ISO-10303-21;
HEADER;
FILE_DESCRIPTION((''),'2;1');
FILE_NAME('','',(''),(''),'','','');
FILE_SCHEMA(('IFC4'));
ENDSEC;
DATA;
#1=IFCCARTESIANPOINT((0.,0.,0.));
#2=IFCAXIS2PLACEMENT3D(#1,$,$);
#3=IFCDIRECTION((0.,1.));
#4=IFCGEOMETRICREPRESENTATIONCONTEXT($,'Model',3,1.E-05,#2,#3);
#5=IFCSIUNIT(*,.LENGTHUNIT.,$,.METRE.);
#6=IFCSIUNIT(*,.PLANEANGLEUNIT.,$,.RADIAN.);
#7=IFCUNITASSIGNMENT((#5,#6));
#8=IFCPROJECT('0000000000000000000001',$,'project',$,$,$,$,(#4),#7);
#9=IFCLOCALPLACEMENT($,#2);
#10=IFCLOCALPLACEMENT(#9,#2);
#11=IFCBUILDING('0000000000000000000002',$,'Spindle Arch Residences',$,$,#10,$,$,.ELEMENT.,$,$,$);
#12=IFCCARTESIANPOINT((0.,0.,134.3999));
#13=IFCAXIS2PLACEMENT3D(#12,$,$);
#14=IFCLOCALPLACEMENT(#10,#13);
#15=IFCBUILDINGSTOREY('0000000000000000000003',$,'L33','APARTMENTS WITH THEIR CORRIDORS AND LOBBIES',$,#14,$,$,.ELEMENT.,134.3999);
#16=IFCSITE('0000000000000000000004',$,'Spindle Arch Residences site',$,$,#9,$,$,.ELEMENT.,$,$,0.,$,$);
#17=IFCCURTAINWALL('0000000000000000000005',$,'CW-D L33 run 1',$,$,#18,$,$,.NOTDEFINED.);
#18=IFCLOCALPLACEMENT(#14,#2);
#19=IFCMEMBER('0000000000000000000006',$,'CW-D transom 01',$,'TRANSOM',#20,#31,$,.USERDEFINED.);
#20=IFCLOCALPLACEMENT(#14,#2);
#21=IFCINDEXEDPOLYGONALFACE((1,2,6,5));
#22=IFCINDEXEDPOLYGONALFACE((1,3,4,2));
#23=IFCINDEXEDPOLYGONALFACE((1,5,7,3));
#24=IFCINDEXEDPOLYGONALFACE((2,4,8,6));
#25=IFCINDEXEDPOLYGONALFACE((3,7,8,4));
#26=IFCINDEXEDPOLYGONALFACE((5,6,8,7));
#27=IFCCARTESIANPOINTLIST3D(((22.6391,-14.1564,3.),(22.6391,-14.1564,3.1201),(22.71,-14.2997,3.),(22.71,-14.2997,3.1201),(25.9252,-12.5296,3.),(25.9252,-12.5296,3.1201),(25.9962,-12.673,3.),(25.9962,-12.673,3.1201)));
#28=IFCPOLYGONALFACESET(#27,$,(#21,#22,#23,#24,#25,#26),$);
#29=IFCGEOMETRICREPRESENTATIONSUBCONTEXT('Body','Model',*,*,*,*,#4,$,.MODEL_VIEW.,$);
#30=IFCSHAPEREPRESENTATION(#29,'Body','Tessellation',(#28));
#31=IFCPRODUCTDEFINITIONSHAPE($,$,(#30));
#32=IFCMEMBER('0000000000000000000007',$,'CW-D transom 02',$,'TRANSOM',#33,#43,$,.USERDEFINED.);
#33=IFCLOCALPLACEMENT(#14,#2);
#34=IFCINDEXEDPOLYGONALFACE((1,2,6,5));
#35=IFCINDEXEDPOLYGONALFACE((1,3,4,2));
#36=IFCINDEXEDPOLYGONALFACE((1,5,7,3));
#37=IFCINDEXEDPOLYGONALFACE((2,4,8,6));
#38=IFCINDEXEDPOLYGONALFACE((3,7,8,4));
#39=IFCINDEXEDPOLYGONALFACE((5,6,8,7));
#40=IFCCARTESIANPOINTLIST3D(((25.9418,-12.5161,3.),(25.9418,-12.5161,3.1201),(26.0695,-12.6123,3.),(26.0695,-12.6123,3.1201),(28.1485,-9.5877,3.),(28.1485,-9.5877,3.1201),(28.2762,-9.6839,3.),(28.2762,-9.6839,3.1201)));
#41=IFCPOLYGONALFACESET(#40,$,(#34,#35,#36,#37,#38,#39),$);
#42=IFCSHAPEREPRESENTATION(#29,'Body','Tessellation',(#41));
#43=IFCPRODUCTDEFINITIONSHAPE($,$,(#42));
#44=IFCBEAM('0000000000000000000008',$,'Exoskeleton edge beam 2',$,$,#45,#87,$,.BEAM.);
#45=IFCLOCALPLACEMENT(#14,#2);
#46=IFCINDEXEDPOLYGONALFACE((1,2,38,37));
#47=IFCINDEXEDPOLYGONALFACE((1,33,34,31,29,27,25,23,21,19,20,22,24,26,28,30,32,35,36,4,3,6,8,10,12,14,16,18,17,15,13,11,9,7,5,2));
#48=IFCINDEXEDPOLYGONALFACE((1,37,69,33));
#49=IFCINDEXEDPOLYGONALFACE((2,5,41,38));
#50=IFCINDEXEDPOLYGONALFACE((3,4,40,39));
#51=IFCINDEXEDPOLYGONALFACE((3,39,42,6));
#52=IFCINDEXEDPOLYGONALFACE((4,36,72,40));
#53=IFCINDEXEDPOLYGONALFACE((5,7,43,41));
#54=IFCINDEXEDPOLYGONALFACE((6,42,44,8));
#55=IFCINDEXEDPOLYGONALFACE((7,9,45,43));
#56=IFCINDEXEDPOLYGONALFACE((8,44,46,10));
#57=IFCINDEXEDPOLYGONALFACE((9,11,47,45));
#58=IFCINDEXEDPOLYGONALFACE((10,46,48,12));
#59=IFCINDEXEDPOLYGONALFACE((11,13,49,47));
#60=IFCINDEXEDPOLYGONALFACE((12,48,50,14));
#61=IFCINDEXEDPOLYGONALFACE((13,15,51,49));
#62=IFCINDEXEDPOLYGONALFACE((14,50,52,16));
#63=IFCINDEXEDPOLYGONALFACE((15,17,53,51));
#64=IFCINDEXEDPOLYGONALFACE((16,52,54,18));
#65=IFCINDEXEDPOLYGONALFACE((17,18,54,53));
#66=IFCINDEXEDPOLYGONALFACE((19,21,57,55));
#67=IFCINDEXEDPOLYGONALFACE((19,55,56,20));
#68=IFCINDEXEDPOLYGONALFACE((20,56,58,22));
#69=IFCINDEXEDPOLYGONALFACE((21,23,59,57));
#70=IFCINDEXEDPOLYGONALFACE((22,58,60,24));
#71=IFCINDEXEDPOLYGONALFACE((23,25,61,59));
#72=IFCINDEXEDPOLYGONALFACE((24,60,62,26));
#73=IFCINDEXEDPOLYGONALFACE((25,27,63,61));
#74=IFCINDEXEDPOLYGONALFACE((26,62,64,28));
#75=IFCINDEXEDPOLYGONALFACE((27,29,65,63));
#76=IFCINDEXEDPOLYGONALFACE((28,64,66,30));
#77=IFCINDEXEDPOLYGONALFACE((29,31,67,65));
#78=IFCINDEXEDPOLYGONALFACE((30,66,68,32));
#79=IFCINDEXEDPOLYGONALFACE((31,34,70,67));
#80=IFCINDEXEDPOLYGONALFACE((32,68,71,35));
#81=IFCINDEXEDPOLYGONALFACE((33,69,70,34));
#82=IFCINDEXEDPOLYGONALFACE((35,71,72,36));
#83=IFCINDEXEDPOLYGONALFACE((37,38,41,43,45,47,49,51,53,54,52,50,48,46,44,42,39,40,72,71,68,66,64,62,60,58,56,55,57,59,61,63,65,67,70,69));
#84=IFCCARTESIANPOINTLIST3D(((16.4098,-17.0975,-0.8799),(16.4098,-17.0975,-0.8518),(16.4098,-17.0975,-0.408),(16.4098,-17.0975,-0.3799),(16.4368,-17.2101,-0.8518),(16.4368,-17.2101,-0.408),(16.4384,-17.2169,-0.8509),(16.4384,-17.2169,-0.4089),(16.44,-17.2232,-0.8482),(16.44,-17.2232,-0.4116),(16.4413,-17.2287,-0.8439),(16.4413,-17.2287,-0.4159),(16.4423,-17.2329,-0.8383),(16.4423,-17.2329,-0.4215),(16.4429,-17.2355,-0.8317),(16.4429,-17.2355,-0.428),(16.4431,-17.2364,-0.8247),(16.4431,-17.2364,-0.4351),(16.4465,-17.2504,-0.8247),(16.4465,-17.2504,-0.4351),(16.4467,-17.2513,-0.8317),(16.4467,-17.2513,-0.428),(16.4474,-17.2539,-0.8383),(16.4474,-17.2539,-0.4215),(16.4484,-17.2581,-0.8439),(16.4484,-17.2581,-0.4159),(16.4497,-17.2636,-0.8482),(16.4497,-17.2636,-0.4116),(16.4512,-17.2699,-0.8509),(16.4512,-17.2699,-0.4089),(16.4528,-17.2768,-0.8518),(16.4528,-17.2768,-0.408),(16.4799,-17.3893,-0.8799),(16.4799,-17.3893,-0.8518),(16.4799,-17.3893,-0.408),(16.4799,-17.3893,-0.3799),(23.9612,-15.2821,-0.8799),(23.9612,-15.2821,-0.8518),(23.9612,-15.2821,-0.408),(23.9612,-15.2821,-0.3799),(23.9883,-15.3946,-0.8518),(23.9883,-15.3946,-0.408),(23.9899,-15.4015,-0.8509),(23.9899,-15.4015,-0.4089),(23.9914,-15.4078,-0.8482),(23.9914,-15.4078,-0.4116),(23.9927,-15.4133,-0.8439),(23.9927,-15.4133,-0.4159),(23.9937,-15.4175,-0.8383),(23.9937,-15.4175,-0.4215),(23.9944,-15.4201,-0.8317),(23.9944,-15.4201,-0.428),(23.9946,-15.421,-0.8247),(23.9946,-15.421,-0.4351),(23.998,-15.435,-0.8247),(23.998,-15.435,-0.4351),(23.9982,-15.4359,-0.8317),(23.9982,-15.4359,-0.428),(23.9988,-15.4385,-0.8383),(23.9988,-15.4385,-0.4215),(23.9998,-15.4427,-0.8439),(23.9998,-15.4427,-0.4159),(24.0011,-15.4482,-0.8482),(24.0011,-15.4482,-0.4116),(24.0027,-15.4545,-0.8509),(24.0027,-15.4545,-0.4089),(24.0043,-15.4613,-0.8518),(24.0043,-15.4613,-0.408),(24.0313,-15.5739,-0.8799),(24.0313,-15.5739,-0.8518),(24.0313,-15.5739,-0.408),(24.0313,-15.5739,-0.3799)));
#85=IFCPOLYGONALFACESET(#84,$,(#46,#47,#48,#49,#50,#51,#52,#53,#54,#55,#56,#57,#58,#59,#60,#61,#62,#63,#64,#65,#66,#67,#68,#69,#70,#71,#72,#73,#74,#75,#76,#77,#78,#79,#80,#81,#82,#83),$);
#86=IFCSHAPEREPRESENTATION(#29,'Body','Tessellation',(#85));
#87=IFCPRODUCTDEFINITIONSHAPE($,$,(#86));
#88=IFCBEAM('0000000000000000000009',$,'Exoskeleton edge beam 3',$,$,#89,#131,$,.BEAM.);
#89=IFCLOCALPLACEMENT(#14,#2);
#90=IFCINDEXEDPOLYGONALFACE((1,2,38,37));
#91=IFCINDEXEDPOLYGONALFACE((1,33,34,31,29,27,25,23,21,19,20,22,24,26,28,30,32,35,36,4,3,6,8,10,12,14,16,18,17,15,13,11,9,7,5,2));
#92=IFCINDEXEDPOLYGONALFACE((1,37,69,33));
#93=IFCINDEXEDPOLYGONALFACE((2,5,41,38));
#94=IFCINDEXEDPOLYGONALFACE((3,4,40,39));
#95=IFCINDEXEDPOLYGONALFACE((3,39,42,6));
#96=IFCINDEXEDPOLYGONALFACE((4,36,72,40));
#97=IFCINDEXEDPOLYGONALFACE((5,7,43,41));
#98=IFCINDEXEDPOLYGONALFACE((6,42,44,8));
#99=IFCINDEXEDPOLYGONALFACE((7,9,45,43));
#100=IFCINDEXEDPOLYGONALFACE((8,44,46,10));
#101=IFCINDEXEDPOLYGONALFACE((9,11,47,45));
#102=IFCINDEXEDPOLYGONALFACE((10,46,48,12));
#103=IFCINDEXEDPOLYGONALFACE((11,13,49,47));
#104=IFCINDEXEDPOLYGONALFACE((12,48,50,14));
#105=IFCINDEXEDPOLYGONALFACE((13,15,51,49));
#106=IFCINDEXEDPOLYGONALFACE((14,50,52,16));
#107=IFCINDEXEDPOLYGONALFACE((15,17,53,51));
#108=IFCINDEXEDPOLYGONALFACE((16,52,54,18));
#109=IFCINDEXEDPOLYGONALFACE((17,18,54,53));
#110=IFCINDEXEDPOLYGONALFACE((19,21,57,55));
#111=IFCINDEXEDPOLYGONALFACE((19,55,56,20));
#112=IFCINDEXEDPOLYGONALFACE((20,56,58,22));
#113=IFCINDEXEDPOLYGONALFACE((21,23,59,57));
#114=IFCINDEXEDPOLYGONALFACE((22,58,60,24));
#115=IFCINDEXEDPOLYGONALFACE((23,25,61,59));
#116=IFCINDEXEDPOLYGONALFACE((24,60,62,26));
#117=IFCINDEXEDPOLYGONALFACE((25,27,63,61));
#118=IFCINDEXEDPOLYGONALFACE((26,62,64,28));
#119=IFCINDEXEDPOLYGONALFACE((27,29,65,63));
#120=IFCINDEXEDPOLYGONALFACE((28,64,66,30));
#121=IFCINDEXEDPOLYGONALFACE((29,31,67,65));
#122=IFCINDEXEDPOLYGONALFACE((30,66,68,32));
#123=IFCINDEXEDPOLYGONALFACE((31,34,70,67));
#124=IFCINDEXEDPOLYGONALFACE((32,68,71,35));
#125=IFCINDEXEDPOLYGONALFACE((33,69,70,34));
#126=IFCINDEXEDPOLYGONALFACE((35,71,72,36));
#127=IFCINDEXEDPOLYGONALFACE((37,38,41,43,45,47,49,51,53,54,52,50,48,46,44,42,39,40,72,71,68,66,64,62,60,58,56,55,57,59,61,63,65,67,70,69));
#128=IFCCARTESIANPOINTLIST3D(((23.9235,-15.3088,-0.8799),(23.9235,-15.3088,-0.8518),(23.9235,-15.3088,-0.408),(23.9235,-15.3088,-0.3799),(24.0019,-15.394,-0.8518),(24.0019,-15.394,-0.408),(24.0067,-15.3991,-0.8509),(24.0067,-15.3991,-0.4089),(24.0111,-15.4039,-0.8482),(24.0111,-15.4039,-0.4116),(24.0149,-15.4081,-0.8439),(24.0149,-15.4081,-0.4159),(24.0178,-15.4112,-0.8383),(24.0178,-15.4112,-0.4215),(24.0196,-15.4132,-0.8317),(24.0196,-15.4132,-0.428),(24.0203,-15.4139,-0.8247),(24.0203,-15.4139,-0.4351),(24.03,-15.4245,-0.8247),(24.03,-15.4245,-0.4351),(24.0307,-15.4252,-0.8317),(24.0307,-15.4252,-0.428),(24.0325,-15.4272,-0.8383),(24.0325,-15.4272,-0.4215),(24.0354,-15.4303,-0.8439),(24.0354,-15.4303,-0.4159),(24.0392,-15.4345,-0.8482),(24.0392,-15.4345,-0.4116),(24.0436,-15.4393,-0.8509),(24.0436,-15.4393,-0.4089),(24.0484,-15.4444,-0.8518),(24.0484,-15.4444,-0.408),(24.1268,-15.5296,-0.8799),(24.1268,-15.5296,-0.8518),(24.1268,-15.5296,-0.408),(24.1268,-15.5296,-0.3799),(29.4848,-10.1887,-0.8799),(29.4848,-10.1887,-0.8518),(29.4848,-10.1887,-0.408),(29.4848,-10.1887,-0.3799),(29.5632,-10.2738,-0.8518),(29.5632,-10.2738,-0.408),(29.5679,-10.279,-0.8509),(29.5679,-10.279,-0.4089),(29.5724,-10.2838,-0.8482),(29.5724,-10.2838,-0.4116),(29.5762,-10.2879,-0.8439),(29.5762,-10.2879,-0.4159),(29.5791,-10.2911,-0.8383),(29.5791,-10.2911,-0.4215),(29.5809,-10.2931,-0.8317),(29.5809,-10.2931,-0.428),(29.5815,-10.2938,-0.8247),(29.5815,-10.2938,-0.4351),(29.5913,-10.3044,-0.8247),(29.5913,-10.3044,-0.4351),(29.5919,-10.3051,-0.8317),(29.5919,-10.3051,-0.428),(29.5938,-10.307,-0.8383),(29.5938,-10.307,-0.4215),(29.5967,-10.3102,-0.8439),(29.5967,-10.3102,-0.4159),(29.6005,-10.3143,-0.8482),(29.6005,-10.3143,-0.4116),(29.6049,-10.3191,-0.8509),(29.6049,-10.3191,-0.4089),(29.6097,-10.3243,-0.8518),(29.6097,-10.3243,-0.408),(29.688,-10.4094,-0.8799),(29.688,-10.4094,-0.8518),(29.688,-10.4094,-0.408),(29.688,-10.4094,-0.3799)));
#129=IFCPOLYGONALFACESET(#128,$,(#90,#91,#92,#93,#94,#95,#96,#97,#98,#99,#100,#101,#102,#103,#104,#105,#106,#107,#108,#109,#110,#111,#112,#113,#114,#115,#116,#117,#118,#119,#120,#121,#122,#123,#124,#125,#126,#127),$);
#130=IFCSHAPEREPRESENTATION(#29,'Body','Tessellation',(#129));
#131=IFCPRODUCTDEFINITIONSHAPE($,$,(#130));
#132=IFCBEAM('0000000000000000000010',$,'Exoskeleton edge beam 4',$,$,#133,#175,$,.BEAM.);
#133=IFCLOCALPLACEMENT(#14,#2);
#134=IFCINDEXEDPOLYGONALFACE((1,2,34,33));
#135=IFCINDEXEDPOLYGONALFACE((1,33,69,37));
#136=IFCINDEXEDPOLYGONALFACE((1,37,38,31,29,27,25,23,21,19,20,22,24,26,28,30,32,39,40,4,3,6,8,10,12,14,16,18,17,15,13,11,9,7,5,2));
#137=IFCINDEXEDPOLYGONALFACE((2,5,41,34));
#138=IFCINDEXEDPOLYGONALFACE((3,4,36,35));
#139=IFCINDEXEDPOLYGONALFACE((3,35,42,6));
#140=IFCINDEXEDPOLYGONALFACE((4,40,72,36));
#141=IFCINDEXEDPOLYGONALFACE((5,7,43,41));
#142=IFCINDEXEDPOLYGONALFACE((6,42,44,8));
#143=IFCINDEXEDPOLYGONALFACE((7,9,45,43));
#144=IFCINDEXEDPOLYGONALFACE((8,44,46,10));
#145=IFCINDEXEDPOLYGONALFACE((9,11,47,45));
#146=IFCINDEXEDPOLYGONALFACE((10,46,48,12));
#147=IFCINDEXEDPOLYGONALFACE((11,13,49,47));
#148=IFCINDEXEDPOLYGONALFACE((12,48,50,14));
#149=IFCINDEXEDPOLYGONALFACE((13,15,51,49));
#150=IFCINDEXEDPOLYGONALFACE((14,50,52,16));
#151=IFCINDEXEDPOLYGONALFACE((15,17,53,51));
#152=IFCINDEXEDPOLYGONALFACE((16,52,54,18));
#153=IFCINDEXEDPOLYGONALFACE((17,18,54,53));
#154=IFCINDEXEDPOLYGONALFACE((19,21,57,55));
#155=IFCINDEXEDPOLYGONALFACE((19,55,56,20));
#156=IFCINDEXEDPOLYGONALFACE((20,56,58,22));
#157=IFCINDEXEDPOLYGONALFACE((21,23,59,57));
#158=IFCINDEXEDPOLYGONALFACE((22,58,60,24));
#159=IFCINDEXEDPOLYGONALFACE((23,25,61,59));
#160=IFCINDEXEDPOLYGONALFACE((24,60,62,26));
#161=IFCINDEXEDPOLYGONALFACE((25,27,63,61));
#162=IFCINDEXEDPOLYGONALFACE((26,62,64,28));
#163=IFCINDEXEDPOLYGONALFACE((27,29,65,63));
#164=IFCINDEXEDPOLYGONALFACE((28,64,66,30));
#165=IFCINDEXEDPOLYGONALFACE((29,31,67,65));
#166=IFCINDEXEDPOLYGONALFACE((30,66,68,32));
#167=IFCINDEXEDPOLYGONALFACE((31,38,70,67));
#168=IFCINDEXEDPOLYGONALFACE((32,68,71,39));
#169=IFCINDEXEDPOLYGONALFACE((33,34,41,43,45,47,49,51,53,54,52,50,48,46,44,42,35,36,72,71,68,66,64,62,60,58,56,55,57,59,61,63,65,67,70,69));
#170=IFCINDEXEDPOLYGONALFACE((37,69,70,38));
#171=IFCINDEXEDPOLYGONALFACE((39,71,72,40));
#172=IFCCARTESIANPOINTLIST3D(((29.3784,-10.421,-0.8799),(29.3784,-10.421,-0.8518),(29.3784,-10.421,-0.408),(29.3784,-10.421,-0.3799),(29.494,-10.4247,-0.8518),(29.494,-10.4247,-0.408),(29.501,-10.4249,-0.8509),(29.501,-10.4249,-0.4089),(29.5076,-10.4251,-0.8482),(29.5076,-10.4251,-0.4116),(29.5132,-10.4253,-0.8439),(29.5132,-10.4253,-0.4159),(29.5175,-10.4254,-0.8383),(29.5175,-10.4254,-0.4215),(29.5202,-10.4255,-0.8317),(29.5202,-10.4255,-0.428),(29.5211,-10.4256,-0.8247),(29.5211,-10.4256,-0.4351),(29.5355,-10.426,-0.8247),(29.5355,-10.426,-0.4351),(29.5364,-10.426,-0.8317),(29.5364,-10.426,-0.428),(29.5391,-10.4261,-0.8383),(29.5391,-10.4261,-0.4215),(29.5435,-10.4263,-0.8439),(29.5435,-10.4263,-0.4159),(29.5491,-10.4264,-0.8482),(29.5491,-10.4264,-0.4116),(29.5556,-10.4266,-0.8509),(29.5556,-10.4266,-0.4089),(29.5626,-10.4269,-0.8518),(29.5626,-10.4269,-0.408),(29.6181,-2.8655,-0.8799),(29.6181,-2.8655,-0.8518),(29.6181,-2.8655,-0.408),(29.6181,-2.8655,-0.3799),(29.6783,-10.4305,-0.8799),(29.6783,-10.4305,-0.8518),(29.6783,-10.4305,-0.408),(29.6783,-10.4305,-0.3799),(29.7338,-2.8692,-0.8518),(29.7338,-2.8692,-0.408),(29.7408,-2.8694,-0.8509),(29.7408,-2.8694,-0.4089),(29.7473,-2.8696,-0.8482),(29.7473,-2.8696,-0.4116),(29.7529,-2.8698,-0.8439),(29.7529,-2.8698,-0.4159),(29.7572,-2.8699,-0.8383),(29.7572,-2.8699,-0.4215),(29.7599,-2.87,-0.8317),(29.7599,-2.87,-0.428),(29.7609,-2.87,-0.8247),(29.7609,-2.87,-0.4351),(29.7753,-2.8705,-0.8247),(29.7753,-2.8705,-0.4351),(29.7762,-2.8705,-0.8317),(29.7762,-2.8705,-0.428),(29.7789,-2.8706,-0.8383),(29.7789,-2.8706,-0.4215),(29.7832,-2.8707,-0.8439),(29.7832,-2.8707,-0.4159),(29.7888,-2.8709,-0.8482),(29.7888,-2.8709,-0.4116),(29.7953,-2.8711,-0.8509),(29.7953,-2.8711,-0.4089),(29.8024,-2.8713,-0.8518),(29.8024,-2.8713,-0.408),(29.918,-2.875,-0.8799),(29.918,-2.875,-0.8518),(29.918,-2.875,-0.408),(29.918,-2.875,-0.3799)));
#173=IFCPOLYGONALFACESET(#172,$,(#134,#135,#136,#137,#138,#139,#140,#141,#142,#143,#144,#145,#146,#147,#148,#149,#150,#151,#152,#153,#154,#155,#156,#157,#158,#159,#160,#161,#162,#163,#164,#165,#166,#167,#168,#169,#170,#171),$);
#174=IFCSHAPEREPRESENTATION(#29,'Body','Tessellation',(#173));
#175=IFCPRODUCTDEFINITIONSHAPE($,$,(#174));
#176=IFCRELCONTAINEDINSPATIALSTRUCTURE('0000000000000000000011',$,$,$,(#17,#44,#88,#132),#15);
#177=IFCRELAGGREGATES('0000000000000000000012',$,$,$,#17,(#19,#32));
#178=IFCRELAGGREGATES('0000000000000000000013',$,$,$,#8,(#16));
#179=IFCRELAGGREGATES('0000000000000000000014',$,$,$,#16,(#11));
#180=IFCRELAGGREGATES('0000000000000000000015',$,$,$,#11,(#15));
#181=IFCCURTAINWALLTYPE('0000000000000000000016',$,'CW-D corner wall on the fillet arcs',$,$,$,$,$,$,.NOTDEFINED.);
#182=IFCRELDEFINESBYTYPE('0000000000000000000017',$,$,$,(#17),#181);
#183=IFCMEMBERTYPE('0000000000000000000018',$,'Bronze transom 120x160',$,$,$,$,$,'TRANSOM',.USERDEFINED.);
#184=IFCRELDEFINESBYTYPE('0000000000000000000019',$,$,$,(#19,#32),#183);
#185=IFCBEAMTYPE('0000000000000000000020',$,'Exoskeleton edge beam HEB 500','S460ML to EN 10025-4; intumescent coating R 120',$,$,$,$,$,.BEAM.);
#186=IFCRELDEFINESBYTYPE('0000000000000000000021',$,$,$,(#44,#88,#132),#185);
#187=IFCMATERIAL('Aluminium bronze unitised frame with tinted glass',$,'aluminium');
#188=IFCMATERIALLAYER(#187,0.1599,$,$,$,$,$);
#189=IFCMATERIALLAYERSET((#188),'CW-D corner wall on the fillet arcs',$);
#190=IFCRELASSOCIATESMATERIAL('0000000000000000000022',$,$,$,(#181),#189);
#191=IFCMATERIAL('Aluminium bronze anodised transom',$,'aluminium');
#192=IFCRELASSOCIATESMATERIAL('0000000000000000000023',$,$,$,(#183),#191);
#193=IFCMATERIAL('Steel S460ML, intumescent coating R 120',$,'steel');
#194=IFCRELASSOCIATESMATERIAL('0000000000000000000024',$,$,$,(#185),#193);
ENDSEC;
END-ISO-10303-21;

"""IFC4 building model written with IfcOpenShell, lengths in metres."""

from ifc_helpers import new_model, si_unit, direction, frame, origin, origin_2d, place, context, subcontext, project, spatial, rectangle, i_section, extrude, material, layer, layer_set, material_profile, profile_set, type_object, element, aggregate, save


model = new_model("IFC4")

# Units and contexts
model_context = context("Model", 3, precision=1e-05, world=origin(), true_north=direction((0.0, 1.0)))
body_context = subcontext(model_context, "Body", "Model", "MODEL_VIEW")
ifc_project = project(units=[si_unit("LENGTHUNIT", "METRE"), si_unit("PLANEANGLEUNIT", "RADIAN")], contexts=[model_context])

# Site, building, storey
site_placement = place(None, origin())
site = spatial("IfcSite", under=ifc_project, at=site_placement, Name="Spindle Arch Residences site", CompositionType="ELEMENT", RefElevation=0.0)
building_placement = place(site_placement, origin())
building = spatial("IfcBuilding", under=site, at=building_placement, Name="Spindle Arch Residences", CompositionType="ELEMENT")
storey_placement = place(building_placement, frame((0.0, 0.0, 134.3999)))
storey = spatial("IfcBuildingStorey", under=building, at=storey_placement, Name="L33", Description="APARTMENTS WITH THEIR CORRIDORS AND LOBBIES", CompositionType="ELEMENT", Elevation=134.3999)

# Curtain wall, members
ifc_material_1 = material(Name="Aluminium bronze unitised frame with tinted glass", Category="aluminium")
ifc_layer_1 = layer(ifc_material_1, 0.1599)
ifc_layer_set_1 = layer_set([ifc_layer_1], Name="CW-D corner wall on the fillet arcs")
curtain_wall_type = type_object("IfcCurtainWallType", Name="CW-D corner wall on the fillet arcs", PredefinedType="NOTDEFINED", material=ifc_layer_set_1)
curtain_wall_placement = place(storey_placement, origin())
curtain_wall = element("IfcCurtainWall", 1, at=curtain_wall_placement, inside=storey, type_object=curtain_wall_type, Name="CW-D L33 run 1", PredefinedType="NOTDEFINED")
ifc_material_2 = material(Name="Aluminium bronze anodised transom", Category="aluminium")
ifc_material_profile_1 = material_profile(ifc_material_2, rectangle(XDim=0.1599, YDim=0.1201, at=origin_2d()), Name="TR 120x160")
ifc_profile_set_1 = profile_set([ifc_material_profile_1], Name="Aluminium bronze anodised transom")
member_type_1 = type_object("IfcMemberType", Name="Bronze transom 120x160", ElementType="TRANSOM", PredefinedType="USERDEFINED", material=ifc_profile_set_1)
member_1_placement = place(storey_placement, frame((22.6746, -14.228, 3.0601), z_axis=(0.896204, 0.443641, 0.0), x_axis=(-0.443641, 0.896204, 0.0)))
member_1 = element("IfcMember", 2, at=member_1_placement, type_object=member_type_1, Name="CW-D transom 01", ObjectType="TRANSOM", PredefinedType="USERDEFINED", context=body_context, shape_type="SweptSolid", body=[
    extrude(rectangle(XDim=0.1599, YDim=0.1201, at=origin_2d()), origin(), (0.0, 0.0, 1.0), 3.6667),
])
member_2_placement = place(storey_placement, frame((26.0056, -12.5642, 3.0601), z_axis=(0.60182, 0.798632, 0.0), x_axis=(-0.798632, 0.60182, 0.0)))
member_2 = element("IfcMember", 3, at=member_2_placement, type_object=member_type_1, Name="CW-D transom 02", ObjectType="TRANSOM", PredefinedType="USERDEFINED", context=body_context, shape_type="SweptSolid", body=[
    extrude(rectangle(XDim=0.1599, YDim=0.1201, at=origin_2d()), origin(), (0.0, 0.0, 1.0), 3.6667),
])

# Beams
ifc_material_3 = material(Name="Steel S460ML, intumescent coating R 120", Category="steel")
ifc_material_profile_2 = material_profile(ifc_material_3, i_section(OverallWidth=0.3, OverallDepth=0.5, WebThickness=0.0144, FlangeThickness=0.0281, FilletRadius=0.0271, at=origin_2d()), Name="HEB 500")
ifc_profile_set_2 = profile_set([ifc_material_profile_2], Name="Steel S460ML, intumescent coating R 120")
beam_type_1 = type_object("IfcBeamType", Name="Exoskeleton edge beam HEB 500", Description="S460ML to EN 10025-4; intumescent coating R 120", PredefinedType="BEAM", material=ifc_profile_set_2)
beam_1_placement = place(storey_placement, frame((16.4448, -17.2434, -0.6299), z_axis=(0.972298, 0.233746, 0.0), x_axis=(-0.233746, 0.972298, 0.0)))
element("IfcBeam", 4, at=beam_1_placement, inside=storey, type_object=beam_type_1, Name="Exoskeleton edge beam 2", PredefinedType="BEAM", context=body_context, shape_type="SweptSolid", body=[
    extrude(i_section(OverallWidth=0.3, OverallDepth=0.5, WebThickness=0.0144, FlangeThickness=0.0281, FilletRadius=0.0271, at=origin_2d()), origin(), (0.0, 0.0, 1.0), 7.7666),
])
for number, where, z_axis, x_axis, name in (
    (5, (24.0251, -15.4192, -0.6299), (0.735684, 0.677324, 0.0), (-0.677324, 0.735684, 0.0), "Exoskeleton edge beam 3"),
    (6, (29.5283, -10.4258, -0.6299), (0.031716, 0.999497, 0.0), (-0.999497, 0.031716, 0.0), "Exoskeleton edge beam 4"),
):
    element("IfcBeam", number, at=place(storey_placement, frame(where, z_axis=z_axis, x_axis=x_axis)), inside=storey, type_object=beam_type_1, Name=name, PredefinedType="BEAM", context=body_context, shape_type="SweptSolid", body=[
        extrude(i_section(OverallWidth=0.3, OverallDepth=0.5, WebThickness=0.0144, FlangeThickness=0.0281, FilletRadius=0.0271, at=origin_2d()), origin(), (0.0, 0.0, 1.0), 7.5593),
    ])

aggregate(curtain_wall, [member_1, member_2])

save(model, "model.ifc")
